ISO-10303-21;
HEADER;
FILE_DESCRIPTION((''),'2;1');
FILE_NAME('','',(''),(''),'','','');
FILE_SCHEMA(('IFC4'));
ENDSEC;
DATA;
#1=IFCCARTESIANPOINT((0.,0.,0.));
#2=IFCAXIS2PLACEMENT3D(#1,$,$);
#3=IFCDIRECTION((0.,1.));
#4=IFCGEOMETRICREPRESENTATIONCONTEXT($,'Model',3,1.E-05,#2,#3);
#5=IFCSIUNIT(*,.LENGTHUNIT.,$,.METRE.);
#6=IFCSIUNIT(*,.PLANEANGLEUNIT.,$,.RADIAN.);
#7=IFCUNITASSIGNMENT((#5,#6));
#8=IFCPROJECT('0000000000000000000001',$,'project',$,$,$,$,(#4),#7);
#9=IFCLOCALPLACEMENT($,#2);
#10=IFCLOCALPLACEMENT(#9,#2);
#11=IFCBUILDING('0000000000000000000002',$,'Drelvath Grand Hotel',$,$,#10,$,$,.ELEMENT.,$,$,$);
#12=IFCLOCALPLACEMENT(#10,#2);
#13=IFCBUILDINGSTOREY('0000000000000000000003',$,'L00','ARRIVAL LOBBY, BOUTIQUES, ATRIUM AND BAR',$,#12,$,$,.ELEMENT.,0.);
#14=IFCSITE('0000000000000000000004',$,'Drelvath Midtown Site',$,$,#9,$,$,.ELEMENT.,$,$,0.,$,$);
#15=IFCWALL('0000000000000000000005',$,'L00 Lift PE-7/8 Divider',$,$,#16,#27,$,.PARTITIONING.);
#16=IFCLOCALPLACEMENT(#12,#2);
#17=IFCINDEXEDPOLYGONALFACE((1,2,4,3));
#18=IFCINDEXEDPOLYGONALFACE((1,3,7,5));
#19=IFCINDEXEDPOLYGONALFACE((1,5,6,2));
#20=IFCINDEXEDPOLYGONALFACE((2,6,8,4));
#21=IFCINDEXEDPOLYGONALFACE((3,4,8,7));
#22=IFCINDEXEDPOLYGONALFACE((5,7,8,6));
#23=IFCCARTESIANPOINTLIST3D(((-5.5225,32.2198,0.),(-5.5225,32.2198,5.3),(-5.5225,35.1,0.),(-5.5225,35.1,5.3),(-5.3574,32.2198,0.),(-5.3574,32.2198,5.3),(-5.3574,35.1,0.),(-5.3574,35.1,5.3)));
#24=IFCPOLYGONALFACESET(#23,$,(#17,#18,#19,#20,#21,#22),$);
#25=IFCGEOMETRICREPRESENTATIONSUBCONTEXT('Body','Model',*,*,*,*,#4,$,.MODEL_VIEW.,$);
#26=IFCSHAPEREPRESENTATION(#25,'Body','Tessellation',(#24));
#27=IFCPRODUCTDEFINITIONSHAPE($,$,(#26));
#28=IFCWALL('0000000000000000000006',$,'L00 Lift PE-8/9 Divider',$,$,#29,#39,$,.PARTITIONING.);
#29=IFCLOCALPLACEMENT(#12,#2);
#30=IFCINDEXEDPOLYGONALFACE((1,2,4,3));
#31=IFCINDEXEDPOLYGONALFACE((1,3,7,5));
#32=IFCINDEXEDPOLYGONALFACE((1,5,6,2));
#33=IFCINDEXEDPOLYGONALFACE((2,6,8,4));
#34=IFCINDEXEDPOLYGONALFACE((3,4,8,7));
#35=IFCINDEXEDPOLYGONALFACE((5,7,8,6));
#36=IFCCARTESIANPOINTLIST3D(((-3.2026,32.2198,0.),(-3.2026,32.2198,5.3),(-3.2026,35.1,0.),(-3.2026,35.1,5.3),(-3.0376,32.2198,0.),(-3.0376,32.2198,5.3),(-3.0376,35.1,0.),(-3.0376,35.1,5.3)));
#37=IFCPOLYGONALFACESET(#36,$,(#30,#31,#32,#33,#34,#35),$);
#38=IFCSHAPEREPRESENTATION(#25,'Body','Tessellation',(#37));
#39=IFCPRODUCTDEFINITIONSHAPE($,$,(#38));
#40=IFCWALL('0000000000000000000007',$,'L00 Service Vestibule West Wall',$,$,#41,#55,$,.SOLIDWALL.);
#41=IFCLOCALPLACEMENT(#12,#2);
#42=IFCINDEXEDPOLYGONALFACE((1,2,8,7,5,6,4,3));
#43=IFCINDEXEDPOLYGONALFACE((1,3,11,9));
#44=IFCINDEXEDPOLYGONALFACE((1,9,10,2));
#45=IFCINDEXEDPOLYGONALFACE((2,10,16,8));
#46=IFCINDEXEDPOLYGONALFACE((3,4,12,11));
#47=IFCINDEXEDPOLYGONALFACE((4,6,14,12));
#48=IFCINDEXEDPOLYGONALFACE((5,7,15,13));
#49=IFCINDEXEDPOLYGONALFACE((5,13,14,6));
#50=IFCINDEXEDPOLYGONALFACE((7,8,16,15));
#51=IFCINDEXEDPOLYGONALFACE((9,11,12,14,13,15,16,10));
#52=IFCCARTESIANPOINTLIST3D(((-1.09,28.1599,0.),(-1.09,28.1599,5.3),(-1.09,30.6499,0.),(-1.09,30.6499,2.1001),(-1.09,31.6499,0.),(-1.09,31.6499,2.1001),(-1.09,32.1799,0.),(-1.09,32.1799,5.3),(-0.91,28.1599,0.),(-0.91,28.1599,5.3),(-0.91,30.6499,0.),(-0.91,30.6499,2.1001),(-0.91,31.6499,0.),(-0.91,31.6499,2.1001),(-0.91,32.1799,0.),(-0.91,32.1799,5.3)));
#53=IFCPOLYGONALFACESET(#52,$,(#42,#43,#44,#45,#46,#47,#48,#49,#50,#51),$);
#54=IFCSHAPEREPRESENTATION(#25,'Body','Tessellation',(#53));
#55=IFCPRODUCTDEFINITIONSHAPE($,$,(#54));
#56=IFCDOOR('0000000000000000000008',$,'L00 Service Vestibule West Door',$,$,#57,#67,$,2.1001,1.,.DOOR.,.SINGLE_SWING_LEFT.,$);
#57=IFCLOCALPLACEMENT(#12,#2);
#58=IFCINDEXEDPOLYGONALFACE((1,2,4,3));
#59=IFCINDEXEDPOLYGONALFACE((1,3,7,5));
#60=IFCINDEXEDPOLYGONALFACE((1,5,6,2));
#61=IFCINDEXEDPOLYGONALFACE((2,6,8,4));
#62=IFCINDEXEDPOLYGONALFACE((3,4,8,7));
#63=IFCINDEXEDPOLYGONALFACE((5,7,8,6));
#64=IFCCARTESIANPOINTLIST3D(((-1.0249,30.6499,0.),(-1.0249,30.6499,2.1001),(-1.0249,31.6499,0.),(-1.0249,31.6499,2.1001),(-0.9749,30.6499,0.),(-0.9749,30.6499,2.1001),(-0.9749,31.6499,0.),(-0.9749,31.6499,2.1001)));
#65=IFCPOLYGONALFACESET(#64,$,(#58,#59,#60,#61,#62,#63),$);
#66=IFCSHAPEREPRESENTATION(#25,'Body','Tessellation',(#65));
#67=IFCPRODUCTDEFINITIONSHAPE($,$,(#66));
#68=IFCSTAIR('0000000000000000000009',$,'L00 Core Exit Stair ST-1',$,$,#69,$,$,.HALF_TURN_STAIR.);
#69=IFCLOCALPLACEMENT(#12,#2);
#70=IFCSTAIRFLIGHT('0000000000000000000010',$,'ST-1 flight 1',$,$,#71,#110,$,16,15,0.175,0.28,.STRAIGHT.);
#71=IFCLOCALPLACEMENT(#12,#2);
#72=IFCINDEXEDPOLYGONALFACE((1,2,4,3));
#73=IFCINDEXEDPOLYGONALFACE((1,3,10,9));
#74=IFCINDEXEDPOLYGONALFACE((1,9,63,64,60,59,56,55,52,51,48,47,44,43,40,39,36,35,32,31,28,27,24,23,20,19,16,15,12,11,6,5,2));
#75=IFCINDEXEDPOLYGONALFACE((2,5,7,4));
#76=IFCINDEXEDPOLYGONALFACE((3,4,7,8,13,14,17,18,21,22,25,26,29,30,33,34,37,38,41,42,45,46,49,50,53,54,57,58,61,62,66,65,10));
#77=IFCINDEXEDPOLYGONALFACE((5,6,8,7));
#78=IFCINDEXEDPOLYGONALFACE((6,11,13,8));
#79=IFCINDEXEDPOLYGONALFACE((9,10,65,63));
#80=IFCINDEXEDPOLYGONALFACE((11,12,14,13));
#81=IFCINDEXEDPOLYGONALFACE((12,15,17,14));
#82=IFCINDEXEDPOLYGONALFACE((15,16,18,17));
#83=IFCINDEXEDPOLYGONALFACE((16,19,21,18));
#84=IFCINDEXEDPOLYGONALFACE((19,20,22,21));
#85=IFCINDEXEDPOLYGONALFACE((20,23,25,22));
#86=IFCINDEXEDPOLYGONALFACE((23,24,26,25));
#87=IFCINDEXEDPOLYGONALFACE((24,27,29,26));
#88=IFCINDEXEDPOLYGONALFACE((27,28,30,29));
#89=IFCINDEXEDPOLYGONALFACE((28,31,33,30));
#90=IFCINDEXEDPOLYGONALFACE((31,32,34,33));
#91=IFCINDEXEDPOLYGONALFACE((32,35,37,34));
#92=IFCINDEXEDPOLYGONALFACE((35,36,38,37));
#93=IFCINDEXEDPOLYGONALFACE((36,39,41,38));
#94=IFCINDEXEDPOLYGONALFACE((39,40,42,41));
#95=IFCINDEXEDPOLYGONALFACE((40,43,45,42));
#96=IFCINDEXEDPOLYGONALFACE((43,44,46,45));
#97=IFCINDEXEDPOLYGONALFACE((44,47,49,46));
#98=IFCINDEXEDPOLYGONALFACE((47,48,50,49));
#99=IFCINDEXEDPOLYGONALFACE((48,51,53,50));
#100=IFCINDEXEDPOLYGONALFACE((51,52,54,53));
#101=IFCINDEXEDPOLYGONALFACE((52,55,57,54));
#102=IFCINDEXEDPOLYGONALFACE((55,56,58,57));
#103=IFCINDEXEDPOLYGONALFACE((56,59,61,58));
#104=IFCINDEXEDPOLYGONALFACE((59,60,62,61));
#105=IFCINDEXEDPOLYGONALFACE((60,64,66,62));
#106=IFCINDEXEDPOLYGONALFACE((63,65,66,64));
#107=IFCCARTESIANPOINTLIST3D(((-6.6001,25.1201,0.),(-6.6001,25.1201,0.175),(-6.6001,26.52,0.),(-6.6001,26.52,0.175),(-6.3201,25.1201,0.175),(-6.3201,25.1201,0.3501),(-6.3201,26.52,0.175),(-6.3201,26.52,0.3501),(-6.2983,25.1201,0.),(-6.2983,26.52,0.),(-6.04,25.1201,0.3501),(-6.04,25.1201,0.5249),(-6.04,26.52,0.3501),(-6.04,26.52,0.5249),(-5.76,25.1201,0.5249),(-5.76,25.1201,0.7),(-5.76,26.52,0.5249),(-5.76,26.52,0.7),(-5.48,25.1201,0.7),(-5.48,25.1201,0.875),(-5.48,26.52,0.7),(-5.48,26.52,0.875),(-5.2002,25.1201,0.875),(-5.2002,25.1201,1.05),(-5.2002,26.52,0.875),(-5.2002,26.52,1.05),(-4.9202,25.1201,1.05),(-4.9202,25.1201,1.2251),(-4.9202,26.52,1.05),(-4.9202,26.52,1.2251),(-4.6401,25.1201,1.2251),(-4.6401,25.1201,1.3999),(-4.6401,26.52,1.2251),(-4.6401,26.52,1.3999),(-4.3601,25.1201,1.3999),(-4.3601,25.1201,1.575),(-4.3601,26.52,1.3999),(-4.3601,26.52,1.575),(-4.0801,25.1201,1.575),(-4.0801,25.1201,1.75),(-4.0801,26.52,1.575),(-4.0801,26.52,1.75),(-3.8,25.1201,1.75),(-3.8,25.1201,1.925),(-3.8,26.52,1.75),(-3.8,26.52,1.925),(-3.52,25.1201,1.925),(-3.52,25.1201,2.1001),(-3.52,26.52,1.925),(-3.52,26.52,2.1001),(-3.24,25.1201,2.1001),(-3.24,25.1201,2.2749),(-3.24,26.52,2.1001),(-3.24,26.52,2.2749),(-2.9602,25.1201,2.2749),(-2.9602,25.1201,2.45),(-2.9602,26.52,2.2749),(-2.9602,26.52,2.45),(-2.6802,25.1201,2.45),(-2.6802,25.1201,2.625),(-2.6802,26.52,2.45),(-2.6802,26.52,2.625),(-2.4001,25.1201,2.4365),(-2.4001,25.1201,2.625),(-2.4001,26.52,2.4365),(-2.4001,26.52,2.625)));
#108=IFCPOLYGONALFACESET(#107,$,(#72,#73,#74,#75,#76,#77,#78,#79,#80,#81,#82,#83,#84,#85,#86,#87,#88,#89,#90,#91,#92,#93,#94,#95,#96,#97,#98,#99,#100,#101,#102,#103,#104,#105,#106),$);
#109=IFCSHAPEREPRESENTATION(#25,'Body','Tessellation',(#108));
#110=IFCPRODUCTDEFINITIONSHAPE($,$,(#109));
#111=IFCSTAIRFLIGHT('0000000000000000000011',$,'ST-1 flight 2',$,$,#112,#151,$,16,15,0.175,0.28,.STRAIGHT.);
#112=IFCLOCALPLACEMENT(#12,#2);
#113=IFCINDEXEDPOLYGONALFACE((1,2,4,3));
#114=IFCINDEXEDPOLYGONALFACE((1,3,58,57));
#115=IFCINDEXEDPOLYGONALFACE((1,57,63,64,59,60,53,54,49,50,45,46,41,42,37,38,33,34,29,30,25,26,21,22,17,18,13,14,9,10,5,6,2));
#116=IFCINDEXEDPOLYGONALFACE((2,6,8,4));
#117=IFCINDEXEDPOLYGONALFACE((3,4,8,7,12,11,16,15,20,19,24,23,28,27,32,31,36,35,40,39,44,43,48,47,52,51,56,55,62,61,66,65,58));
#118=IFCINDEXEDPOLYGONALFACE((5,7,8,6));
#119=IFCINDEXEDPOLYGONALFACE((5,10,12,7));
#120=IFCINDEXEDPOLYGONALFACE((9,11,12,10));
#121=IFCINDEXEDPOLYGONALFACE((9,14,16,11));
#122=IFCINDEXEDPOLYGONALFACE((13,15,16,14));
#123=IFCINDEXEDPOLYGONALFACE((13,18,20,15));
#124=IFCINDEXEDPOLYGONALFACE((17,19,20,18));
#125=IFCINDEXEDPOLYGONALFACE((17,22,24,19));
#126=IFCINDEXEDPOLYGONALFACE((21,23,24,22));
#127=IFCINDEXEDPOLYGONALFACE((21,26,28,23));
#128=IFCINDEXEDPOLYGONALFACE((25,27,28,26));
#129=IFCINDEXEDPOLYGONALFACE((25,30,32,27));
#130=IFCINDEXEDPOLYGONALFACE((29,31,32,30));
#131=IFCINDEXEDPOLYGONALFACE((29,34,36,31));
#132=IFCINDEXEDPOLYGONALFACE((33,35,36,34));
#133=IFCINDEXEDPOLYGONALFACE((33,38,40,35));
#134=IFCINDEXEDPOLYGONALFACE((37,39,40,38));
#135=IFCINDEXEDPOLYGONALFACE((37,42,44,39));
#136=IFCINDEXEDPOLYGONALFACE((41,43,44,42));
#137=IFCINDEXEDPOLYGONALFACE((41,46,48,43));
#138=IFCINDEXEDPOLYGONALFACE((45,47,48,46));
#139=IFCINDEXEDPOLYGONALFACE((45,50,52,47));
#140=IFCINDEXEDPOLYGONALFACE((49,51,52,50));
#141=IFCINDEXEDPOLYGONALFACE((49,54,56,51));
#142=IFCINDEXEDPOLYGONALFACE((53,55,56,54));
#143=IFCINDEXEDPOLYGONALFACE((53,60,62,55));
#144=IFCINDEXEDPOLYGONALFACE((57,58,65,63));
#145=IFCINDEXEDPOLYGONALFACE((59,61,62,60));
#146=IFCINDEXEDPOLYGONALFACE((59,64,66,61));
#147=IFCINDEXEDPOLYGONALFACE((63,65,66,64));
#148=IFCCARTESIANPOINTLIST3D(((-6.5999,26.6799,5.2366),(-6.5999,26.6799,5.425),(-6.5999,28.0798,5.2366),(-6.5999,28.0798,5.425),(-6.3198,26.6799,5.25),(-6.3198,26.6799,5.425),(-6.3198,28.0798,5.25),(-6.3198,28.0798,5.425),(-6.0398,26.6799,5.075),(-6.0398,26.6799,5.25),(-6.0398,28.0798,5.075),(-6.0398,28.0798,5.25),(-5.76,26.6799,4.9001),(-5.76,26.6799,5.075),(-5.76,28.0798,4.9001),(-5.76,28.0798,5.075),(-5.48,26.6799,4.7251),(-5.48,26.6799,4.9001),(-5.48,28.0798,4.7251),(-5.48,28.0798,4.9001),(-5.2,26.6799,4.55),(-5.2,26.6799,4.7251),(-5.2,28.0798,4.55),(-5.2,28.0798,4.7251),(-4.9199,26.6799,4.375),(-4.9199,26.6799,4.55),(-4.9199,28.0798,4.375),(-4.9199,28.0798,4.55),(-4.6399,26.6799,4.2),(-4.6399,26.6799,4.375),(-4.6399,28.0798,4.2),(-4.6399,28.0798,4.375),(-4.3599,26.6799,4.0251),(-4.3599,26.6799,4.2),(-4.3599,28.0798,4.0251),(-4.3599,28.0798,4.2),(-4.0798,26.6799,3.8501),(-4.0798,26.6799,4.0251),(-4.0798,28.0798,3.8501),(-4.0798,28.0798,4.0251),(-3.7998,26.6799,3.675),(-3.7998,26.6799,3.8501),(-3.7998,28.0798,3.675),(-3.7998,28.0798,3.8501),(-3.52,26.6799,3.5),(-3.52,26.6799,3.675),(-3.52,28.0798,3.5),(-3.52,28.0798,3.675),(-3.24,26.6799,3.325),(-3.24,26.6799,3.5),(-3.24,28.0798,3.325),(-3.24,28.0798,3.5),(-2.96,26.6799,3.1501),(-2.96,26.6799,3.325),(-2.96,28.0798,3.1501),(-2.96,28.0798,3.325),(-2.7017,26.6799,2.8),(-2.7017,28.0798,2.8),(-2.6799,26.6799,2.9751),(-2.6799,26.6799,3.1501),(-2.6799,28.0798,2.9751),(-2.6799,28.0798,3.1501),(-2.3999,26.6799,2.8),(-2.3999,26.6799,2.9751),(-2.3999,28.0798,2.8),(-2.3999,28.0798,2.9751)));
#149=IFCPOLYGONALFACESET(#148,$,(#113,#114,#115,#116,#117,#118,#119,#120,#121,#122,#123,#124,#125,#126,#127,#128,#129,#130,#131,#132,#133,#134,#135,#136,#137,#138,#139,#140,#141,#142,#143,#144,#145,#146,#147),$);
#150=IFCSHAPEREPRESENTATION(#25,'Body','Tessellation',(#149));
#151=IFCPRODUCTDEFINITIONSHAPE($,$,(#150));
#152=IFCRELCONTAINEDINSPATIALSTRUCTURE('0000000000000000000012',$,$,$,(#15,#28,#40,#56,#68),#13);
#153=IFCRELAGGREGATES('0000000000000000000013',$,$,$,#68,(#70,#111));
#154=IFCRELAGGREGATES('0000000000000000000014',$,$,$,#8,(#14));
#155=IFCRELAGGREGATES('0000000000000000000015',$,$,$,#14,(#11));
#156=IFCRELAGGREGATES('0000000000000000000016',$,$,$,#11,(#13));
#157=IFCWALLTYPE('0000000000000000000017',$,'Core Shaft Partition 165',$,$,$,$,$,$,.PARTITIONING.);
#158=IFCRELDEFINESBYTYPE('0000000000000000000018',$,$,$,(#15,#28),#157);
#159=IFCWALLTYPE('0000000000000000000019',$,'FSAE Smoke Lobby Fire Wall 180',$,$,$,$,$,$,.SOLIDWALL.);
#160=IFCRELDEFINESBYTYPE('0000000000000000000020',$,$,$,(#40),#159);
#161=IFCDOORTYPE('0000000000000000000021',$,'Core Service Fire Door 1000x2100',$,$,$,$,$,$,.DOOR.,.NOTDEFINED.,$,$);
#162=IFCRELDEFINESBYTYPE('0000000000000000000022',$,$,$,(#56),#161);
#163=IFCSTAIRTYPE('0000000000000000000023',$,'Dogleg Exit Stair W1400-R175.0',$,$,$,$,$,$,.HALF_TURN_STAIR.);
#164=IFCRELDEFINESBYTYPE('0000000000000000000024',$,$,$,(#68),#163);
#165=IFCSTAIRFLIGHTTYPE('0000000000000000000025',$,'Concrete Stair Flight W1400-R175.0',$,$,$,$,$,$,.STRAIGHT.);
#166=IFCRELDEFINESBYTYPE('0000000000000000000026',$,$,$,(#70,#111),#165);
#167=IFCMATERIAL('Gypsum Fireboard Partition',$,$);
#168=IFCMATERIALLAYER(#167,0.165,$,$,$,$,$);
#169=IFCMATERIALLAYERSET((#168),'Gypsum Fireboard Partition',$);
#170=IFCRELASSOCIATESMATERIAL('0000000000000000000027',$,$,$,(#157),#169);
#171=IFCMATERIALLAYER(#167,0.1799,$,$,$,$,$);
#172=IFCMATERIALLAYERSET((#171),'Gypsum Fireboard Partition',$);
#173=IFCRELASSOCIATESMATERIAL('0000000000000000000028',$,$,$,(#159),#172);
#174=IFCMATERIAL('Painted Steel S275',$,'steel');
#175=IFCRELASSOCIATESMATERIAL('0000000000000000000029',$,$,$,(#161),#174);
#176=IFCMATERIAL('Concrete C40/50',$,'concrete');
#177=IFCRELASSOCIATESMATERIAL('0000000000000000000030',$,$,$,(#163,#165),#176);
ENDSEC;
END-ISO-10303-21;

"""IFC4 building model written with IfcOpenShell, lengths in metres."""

from ifc_helpers import new_model, si_unit, direction, frame, frame_2d, origin, place, context, subcontext, project, spatial, polyline, rectangle, outline, extrude, material, layer, layer_set, type_object, element, fill, aggregate, save


model = new_model("IFC4")

# Units and contexts
model_context = context("Model", 3, precision=1e-05, world=origin(), true_north=direction((0.0, 1.0)))
body_context = subcontext(model_context, "Body", "Model", "MODEL_VIEW")
ifc_project = project(units=[si_unit("LENGTHUNIT", "METRE"), si_unit("PLANEANGLEUNIT", "RADIAN")], contexts=[model_context])

# Site, building, storey
site_placement = place(None, origin())
site = spatial("IfcSite", under=ifc_project, at=site_placement, Name="Drelvath Midtown Site", CompositionType="ELEMENT", RefElevation=0.0)
building_placement = place(site_placement, origin())
building = spatial("IfcBuilding", under=site, at=building_placement, Name="Drelvath Grand Hotel", CompositionType="ELEMENT")
storey_placement = place(building_placement, origin())
storey = spatial("IfcBuildingStorey", under=building, at=storey_placement, Name="L00", Description="ARRIVAL LOBBY, BOUTIQUES, ATRIUM AND BAR", CompositionType="ELEMENT", Elevation=0.0)

# Shared definitions
ifc_material_1 = material(Name="Concrete C40/50", Category="concrete")

# Walls
ifc_material_2 = material(Name="Gypsum Fireboard Partition")
ifc_layer_1 = layer(ifc_material_2, 0.165)
ifc_layer_set_1 = layer_set([ifc_layer_1], Name="Gypsum Fireboard Partition")
wall_type_1 = type_object("IfcWallType", Name="Core Shaft Partition 165", PredefinedType="PARTITIONING", material=ifc_layer_set_1)
for number, where, z_axis, x_axis, name in (
    (1, (-5.4399, 32.22, 0.0), (0.0, 0.0, 1.0), (0.0, 1.0, 0.0), "L00 Lift PE-7/8 Divider"),
    (2, (-3.1201, 32.22, 0.0), (0.0, 0.0, 1.0), (0.0, 1.0, 0.0), "L00 Lift PE-8/9 Divider"),
):
    element("IfcWall", number, at=place(storey_placement, frame(where, z_axis=z_axis, x_axis=x_axis)), inside=storey, type_object=wall_type_1, Name=name, PredefinedType="PARTITIONING", context=body_context, shape_type="SweptSolid", body=[
        extrude(rectangle(XDim=2.8801, YDim=0.165, at=frame_2d((1.4399, 0.0))), origin(), (0.0, 0.0, 1.0), 5.3),
    ])

# Wall, opening, door
ifc_layer_2 = layer(ifc_material_2, 0.1799)
ifc_layer_set_2 = layer_set([ifc_layer_2], Name="Gypsum Fireboard Partition")
wall_type_2 = type_object("IfcWallType", Name="FSAE Smoke Lobby Fire Wall 180", PredefinedType="SOLIDWALL", material=ifc_layer_set_2)
wall_1_placement = place(storey_placement, frame((-1.0, 28.1599, 0.0), z_axis=(0.0, 0.0, 1.0), x_axis=(0.0, 1.0, 0.0)))
wall_1 = element("IfcWall", 3, at=wall_1_placement, inside=storey, type_object=wall_type_2, Name="L00 Service Vestibule West Wall", PredefinedType="SOLIDWALL", context=body_context, shape_type="SweptSolid", body=[
    extrude(rectangle(XDim=4.02, YDim=0.1799, at=frame_2d((2.01, 0.0))), origin(), (0.0, 0.0, 1.0), 5.3),
])
opening_1_placement = place(wall_1_placement, frame((2.49, 0.0, 0.0)))
opening_1 = element("IfcOpeningElement", 4, at=opening_1_placement, cuts=wall_1, PredefinedType="OPENING", context=body_context, shape_type="SweptSolid", body=[
    extrude(rectangle(XDim=1.0, YDim=2.1001, at=frame_2d((0.5, 1.05))), frame((0.0, 0.0999, 0.0), z_axis=(0.0, -1.0, 0.0), x_axis=(1.0, 0.0, 0.0)), (0.0, 0.0, 1.0), 0.2),
])
ifc_material_3 = material(Name="Painted Steel S275", Category="steel")
door_type_1 = type_object("IfcDoorType", Name="Core Service Fire Door 1000x2100", OperationType="NOTDEFINED", PredefinedType="DOOR", material=ifc_material_3)
door_1_placement = place(opening_1_placement, origin())
door_1 = element("IfcDoor", 5, at=door_1_placement, inside=storey, type_object=door_type_1, Name="L00 Service Vestibule West Door", OperationType="SINGLE_SWING_LEFT", OverallHeight=2.1001, OverallWidth=1.0, PredefinedType="DOOR", context=body_context, shape_type="SweptSolid", body=[
    extrude(rectangle(XDim=1.0, YDim=2.1001, at=frame_2d((0.5, 1.05))), frame((0.0, 0.0249, 0.0), z_axis=(0.0, -1.0, 0.0), x_axis=(1.0, 0.0, 0.0)), (0.0, 0.0, 1.0), 0.05),
])
fill(opening_1, door_1)

# Stair, stair flights
stair_type = type_object("IfcStairType", Name="Dogleg Exit Stair W1400-R175.0", PredefinedType="HALF_TURN_STAIR", material=ifc_material_1)
stair_placement = place(storey_placement, origin())
stair = element("IfcStair", 6, at=stair_placement, inside=storey, type_object=stair_type, Name="L00 Core Exit Stair ST-1", PredefinedType="HALF_TURN_STAIR")
stair_flight_type = type_object("IfcStairFlightType", Name="Concrete Stair Flight W1400-R175.0", PredefinedType="STRAIGHT", material=ifc_material_1)
stair_flight_1_placement = place(storey_placement, frame((-6.6001, 25.8201, 0.0), z_axis=(0.0, 0.0, 1.0), x_axis=(1.0, 0.0, 0.0)))
stair_flight_1 = element("IfcStairFlight", 7, at=stair_flight_1_placement, type_object=stair_flight_type, Name="ST-1 flight 1", NumberOfRisers=16, NumberOfTreads=15, PredefinedType="STRAIGHT", RiserHeight=0.175, TreadLength=0.28, context=body_context, shape_type="SweptSolid", body=[
    extrude(outline(polyline([(0.0, 0.0), (0.0, 0.175), (0.28, 0.175), (0.28, 0.3501), (0.5601, 0.3501), (0.5601, 0.5249), (0.8401, 0.5249), (0.8401, 0.7), (1.1201, 0.7), (1.1201, 0.875), (1.3999, 0.875), (1.3999, 1.05), (1.6799, 1.05), (1.6799, 1.2251), (1.96, 1.2251), (1.96, 1.3999), (2.24, 1.3999), (2.24, 1.575), (2.52, 1.575), (2.52, 1.75), (2.8, 1.75), (2.8, 1.925), (3.0801, 1.925), (3.0801, 2.1001), (3.3601, 2.1001), (3.3601, 2.2749), (3.6399, 2.2749), (3.6399, 2.45), (3.9199, 2.45), (3.9199, 2.625), (4.2, 2.625), (4.2, 2.8), (4.2, 2.4365), (0.3018, 0.0), (0.0, 0.0)])), frame((0.0, 0.7, 0.0), z_axis=(0.0, -1.0, 0.0), x_axis=(1.0, 0.0, 0.0)), (0.0, 0.0, 1.0), 1.3999),
])
stair_flight_2_placement = place(storey_placement, frame((-2.3999, 27.3799, 2.8), z_axis=(0.0, 0.0, 1.0), x_axis=(-1.0, 0.0, 0.0)))
stair_flight_2 = element("IfcStairFlight", 8, at=stair_flight_2_placement, type_object=stair_flight_type, Name="ST-1 flight 2", NumberOfRisers=16, NumberOfTreads=15, PredefinedType="STRAIGHT", RiserHeight=0.175, TreadLength=0.28, context=body_context, shape_type="SweptSolid", body=[
    extrude(outline(polyline([(0.0, 0.0), (0.0, 0.175), (0.28, 0.175), (0.28, 0.3501), (0.5601, 0.3501), (0.5601, 0.5249), (0.8401, 0.5249), (0.8401, 0.7), (1.1201, 0.7), (1.1201, 0.875), (1.3999, 0.875), (1.3999, 1.05), (1.6799, 1.05), (1.6799, 1.2251), (1.96, 1.2251), (1.96, 1.3999), (2.24, 1.3999), (2.24, 1.575), (2.52, 1.575), (2.52, 1.75), (2.8, 1.75), (2.8, 1.925), (3.0801, 1.925), (3.0801, 2.1001), (3.3601, 2.1001), (3.3601, 2.2749), (3.6399, 2.2749), (3.6399, 2.45), (3.9199, 2.45), (3.9199, 2.625), (4.2, 2.625), (4.2, 2.8), (4.2, 2.4365), (0.3018, 0.0), (0.0, 0.0)])), frame((0.0, 0.7, 0.0), z_axis=(0.0, -1.0, 0.0), x_axis=(1.0, 0.0, 0.0)), (0.0, 0.0, 1.0), 1.3999),
])
aggregate(stair, [stair_flight_1, stair_flight_2])

save(model, "model.ifc")
